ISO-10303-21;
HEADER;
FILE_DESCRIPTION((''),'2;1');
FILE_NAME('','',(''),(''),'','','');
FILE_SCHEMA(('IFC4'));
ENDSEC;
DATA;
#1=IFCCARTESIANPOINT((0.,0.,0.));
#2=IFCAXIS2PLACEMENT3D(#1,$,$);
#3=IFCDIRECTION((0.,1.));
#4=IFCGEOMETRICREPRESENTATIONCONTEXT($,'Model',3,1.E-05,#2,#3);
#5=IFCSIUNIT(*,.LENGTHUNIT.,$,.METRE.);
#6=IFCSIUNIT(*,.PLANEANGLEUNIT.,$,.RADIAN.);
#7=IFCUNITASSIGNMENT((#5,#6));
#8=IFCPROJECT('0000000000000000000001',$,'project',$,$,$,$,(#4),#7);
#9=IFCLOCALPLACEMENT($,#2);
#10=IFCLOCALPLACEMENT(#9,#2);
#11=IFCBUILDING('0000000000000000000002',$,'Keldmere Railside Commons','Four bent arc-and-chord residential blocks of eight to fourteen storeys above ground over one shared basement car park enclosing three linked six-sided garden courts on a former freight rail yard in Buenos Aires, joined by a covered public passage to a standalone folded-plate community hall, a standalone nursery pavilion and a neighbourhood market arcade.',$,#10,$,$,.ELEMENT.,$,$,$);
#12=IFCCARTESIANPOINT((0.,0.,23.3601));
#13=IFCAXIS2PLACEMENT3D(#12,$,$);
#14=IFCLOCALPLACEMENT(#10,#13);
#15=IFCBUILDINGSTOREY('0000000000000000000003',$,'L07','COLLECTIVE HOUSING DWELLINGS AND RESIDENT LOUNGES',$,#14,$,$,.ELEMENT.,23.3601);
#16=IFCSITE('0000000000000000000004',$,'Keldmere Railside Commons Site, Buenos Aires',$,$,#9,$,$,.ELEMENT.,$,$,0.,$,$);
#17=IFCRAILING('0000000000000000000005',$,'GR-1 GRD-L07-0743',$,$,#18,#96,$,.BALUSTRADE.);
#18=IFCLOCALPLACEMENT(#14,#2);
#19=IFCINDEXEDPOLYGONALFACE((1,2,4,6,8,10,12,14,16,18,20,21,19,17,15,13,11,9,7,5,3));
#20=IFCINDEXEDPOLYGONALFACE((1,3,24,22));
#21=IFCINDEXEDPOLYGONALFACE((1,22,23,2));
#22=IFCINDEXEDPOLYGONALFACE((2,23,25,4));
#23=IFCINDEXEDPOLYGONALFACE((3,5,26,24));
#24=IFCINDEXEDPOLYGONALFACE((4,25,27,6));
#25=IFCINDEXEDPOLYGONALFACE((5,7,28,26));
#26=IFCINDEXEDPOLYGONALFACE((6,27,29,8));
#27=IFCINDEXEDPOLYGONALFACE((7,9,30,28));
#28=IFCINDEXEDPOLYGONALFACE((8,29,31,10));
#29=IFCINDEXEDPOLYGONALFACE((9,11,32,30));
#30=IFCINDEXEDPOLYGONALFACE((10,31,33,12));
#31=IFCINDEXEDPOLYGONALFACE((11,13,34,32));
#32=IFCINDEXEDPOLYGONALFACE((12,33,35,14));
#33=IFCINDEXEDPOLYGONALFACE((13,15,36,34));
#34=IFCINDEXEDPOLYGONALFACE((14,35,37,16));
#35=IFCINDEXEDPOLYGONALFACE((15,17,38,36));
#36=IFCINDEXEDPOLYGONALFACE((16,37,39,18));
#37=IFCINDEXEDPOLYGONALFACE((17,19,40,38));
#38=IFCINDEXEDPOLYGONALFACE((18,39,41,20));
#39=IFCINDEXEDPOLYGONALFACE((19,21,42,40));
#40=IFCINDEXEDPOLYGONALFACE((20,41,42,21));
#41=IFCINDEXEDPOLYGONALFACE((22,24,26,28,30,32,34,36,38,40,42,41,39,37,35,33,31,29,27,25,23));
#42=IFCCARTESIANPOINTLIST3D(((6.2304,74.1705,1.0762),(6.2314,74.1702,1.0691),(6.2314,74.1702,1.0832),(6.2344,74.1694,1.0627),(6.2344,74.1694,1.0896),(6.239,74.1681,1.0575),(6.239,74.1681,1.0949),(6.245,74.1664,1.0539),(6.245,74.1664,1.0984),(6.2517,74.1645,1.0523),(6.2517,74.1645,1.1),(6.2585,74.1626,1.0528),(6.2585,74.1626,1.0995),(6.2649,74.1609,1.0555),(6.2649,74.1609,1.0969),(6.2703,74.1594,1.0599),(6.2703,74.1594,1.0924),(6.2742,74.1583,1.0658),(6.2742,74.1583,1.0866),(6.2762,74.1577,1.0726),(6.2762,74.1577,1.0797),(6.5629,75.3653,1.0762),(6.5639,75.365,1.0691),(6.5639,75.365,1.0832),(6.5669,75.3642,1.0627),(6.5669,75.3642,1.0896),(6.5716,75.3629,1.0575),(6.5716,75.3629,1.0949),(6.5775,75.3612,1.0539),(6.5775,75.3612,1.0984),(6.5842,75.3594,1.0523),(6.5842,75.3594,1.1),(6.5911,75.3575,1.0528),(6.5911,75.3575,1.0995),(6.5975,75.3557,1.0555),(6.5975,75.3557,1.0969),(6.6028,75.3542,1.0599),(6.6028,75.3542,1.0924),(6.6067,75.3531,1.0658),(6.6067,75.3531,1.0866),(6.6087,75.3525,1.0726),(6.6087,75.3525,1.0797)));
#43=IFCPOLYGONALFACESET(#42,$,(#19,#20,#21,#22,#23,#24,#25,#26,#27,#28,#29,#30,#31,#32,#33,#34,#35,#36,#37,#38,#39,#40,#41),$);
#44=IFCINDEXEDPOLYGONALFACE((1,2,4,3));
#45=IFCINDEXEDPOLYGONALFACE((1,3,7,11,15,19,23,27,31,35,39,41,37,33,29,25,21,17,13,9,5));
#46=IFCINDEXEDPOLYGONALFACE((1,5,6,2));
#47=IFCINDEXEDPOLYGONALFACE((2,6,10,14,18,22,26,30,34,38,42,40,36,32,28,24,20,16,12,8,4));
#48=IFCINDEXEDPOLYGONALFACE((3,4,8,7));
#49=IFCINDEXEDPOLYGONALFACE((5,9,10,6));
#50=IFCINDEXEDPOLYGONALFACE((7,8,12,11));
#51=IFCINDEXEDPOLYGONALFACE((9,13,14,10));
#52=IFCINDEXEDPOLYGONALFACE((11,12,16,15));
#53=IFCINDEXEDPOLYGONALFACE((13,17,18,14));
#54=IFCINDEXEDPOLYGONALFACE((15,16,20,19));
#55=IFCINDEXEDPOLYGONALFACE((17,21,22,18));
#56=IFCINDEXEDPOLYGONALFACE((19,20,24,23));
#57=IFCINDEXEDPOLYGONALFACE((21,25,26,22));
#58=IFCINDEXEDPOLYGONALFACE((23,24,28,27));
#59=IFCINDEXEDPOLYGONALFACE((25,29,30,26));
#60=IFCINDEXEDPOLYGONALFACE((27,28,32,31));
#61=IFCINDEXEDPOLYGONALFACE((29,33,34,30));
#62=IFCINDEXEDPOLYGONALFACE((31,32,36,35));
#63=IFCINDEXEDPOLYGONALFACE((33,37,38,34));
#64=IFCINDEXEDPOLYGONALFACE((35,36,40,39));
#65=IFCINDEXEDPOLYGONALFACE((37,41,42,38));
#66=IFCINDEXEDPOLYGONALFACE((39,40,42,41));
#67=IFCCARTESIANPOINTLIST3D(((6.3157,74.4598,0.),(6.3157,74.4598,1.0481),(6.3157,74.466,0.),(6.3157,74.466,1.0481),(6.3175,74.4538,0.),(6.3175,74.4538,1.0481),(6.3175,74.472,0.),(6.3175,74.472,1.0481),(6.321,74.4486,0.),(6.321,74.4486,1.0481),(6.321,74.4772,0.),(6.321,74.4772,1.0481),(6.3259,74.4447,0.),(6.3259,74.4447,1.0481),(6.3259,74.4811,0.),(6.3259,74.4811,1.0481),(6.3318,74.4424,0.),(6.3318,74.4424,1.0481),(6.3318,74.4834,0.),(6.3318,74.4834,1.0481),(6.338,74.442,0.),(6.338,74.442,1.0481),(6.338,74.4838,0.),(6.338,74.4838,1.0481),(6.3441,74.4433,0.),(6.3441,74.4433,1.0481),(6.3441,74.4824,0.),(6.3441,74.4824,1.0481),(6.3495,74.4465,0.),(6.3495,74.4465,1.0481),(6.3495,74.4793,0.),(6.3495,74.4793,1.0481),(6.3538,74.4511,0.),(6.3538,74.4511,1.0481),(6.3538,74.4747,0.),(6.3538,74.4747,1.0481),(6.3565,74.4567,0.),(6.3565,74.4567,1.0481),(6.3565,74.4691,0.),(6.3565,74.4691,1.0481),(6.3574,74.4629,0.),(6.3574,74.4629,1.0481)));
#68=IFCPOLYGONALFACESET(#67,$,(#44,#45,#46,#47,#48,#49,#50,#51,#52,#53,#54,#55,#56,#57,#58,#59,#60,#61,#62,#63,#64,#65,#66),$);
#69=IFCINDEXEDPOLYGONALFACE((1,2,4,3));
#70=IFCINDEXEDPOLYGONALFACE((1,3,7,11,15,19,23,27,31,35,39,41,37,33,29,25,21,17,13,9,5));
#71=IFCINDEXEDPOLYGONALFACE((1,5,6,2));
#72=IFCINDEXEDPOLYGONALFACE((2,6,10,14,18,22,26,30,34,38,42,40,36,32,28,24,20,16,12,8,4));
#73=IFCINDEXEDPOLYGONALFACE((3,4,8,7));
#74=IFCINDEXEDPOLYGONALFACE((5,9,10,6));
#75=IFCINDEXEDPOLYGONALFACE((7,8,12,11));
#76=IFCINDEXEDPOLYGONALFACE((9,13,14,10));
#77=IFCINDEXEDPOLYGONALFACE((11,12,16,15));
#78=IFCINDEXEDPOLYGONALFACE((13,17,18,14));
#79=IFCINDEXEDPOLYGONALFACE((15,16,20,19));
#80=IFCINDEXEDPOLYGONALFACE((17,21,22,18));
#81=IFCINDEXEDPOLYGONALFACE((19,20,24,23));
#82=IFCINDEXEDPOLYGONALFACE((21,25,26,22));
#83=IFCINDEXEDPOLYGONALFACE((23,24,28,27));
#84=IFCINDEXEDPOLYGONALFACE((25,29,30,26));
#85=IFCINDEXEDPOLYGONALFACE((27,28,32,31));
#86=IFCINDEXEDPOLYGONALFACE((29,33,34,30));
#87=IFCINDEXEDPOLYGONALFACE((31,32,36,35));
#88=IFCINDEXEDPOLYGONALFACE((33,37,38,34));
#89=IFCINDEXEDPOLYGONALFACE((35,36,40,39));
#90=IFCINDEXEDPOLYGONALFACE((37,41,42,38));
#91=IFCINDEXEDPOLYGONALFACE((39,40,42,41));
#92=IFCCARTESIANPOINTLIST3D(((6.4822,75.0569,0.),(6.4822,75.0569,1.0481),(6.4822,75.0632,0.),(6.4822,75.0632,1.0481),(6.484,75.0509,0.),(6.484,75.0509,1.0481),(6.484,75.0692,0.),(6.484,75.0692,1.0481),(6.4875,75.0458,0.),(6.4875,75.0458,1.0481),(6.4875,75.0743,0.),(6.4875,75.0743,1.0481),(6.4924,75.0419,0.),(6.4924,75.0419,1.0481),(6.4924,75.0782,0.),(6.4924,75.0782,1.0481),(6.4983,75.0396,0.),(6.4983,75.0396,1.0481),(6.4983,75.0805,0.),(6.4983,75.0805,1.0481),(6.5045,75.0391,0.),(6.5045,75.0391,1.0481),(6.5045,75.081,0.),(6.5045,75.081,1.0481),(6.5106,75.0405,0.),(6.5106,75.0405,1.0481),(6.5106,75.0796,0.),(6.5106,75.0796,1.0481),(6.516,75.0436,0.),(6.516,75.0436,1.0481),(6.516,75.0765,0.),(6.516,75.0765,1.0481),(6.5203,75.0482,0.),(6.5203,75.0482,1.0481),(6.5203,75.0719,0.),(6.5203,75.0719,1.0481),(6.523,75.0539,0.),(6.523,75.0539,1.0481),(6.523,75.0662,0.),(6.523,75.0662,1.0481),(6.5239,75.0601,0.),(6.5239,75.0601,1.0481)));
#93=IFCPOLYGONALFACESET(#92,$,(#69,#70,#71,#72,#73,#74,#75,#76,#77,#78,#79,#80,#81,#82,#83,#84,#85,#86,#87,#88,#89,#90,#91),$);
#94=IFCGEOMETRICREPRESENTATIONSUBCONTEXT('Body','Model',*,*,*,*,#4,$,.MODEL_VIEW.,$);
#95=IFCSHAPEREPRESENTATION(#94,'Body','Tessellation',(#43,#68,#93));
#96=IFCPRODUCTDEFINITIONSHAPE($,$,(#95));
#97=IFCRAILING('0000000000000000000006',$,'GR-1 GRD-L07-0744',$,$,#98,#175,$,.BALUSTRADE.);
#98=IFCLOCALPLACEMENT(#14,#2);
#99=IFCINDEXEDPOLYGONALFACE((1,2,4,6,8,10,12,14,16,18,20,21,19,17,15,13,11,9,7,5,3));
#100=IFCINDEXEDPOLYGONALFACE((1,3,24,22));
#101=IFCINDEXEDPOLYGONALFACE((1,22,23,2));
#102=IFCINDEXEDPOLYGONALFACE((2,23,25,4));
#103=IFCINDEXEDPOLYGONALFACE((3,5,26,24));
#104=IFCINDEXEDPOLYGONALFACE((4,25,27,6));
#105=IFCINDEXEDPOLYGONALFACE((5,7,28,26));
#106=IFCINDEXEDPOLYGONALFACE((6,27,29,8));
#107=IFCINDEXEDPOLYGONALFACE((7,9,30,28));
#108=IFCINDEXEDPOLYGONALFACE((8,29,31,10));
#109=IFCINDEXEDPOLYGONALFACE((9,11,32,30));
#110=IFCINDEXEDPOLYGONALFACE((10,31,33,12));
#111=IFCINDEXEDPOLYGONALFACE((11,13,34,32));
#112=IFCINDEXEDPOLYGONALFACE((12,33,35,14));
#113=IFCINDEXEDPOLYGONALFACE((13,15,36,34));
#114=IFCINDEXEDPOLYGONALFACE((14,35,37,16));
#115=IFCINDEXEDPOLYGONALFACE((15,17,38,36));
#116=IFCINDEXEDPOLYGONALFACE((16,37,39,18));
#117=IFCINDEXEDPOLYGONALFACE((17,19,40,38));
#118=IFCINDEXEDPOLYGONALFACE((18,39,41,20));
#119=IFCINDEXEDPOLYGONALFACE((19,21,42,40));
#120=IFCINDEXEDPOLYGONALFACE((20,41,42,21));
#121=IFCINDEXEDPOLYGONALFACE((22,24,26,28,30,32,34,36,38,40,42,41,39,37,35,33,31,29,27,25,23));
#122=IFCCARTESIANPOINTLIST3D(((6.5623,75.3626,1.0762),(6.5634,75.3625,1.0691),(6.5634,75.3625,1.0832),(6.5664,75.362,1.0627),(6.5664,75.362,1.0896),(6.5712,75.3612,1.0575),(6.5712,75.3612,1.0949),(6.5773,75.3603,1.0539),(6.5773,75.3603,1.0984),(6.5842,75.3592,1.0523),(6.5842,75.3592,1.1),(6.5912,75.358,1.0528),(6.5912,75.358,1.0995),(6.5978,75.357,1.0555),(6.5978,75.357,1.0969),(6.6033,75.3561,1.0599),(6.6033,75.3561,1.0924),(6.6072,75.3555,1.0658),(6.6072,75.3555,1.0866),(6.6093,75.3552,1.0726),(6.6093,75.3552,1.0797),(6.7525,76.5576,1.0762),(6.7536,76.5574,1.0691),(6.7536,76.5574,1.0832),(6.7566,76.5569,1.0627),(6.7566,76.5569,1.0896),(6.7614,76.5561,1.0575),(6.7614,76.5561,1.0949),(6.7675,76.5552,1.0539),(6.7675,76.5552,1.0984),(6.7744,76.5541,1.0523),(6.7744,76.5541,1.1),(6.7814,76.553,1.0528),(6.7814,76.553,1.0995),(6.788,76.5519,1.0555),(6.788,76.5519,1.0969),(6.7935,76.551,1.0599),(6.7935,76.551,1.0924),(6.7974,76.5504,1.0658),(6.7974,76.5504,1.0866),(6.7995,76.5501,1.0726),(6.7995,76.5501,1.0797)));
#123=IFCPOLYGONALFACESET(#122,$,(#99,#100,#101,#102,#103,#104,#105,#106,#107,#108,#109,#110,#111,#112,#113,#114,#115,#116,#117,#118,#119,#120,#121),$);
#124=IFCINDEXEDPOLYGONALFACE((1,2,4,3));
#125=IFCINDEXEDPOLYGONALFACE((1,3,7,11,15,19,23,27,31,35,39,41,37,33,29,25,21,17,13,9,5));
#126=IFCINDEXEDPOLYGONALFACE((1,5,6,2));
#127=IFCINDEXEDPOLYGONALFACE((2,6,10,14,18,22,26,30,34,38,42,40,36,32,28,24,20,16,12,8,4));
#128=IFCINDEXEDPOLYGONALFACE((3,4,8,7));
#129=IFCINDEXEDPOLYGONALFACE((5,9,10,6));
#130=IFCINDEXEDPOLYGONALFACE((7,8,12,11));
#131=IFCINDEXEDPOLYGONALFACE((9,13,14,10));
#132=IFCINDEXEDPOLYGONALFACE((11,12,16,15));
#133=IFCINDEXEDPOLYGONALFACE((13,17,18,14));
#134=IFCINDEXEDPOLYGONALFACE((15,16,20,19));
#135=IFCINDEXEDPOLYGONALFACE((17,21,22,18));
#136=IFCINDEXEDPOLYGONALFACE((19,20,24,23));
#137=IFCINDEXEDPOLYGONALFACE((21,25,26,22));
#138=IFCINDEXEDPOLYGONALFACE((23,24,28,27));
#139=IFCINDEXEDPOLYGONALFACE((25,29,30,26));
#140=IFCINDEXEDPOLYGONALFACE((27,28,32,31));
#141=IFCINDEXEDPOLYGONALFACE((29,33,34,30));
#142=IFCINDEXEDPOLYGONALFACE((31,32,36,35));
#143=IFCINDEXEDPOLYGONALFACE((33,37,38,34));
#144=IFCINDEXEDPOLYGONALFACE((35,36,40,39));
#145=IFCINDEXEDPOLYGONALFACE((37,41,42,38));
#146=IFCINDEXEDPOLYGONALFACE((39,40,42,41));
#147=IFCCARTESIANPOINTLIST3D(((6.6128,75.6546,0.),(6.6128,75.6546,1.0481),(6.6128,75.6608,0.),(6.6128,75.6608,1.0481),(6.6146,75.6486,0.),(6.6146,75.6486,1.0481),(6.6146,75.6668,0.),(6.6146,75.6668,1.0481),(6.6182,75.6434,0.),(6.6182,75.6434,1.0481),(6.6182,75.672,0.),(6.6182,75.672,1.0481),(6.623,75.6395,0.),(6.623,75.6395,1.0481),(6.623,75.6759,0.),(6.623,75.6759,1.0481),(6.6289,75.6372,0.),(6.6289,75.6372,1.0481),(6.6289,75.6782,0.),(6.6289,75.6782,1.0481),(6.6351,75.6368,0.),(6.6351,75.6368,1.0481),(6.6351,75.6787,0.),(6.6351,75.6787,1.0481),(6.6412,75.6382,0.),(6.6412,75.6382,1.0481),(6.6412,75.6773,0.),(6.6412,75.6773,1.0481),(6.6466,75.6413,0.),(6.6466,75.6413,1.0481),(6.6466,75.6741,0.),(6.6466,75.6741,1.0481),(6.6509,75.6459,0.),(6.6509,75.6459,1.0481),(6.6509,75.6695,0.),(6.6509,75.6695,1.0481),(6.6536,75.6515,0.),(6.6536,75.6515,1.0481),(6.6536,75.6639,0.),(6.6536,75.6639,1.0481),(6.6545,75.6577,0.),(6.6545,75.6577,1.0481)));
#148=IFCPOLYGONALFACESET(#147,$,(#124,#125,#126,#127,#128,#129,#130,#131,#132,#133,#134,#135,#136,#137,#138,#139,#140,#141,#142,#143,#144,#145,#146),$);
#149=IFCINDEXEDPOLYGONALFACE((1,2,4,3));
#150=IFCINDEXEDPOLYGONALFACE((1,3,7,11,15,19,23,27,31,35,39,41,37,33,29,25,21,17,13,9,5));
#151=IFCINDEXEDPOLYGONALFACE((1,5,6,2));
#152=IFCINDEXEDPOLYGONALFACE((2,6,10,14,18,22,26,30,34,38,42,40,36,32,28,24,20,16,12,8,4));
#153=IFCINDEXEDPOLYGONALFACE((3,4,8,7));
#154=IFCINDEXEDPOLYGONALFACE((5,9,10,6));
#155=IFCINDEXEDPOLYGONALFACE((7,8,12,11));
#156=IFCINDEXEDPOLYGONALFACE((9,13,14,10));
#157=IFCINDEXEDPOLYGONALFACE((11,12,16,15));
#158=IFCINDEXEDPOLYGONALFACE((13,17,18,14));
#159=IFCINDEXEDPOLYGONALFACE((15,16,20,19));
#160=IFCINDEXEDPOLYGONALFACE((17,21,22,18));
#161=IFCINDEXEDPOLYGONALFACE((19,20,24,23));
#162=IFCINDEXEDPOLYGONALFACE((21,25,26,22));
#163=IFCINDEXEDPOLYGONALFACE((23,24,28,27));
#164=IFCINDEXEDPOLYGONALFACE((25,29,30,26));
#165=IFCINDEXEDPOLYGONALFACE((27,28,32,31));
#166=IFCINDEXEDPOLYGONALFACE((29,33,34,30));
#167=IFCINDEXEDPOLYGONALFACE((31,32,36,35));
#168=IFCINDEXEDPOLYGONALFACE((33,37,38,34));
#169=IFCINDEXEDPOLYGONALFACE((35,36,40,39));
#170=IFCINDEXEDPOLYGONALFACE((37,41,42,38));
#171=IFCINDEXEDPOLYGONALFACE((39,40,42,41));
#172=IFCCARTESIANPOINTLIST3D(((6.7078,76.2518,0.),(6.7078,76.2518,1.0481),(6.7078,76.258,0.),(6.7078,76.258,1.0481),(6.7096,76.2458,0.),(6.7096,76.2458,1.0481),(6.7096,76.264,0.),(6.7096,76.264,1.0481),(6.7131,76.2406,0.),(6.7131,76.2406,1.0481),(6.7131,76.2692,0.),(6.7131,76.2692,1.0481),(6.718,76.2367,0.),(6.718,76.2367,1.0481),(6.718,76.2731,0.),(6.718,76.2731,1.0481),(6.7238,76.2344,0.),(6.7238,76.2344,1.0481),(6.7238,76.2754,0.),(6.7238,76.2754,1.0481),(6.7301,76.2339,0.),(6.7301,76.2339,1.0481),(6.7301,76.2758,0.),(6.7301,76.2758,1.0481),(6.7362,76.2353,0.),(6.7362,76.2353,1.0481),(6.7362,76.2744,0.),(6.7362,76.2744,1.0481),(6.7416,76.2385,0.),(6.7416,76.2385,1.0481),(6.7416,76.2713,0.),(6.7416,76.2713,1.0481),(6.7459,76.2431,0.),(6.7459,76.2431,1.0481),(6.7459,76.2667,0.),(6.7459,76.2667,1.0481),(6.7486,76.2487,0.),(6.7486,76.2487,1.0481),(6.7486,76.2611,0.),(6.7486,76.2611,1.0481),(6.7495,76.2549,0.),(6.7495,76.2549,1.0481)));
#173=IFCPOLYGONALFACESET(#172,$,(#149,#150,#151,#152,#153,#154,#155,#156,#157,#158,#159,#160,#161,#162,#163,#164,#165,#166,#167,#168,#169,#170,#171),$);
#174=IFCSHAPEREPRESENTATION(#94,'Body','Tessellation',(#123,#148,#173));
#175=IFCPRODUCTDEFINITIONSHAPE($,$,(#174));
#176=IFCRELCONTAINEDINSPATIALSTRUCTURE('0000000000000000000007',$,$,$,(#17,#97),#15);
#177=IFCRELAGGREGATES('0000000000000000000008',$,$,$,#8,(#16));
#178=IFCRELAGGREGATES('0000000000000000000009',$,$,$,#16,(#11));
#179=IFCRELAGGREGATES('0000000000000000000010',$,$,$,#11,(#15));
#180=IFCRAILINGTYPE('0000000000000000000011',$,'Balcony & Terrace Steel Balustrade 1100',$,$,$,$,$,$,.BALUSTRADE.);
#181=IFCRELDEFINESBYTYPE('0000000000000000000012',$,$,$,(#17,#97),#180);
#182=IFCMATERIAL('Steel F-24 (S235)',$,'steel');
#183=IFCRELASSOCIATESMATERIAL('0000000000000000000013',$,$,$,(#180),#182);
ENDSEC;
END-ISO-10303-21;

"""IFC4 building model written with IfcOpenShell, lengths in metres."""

from ifc_helpers import new_model, si_unit, direction, frame, origin, origin_2d, place, context, subcontext, project, spatial, circle, extrude, material, type_object, element, save


model = new_model("IFC4")

# Units and contexts
model_context = context("Model", 3, precision=1e-05, world=origin(), true_north=direction((0.0, 1.0)))
body_context = subcontext(model_context, "Body", "Model", "MODEL_VIEW")
ifc_project = project(units=[si_unit("LENGTHUNIT", "METRE"), si_unit("PLANEANGLEUNIT", "RADIAN")], contexts=[model_context])

# Site, building, storey
site_placement = place(None, origin())
site = spatial("IfcSite", under=ifc_project, at=site_placement, Name="Keldmere Railside Commons Site, Buenos Aires", CompositionType="ELEMENT", RefElevation=0.0)
building_placement = place(site_placement, origin())
building = spatial("IfcBuilding", under=site, at=building_placement, Name="Keldmere Railside Commons", Description="Four bent arc-and-chord residential blocks of eight to fourteen storeys above ground over one shared basement car park enclosing three linked six-sided garden courts on a former freight rail yard in Buenos Aires, joined by a covered public passage to a standalone folded-plate community hall, a standalone nursery pavilion and a neighbourhood market arcade.", CompositionType="ELEMENT")
storey_placement = place(building_placement, frame((0.0, 0.0, 23.3601)))
storey = spatial("IfcBuildingStorey", under=building, at=storey_placement, Name="L07", Description="COLLECTIVE HOUSING DWELLINGS AND RESIDENT LOUNGES", CompositionType="ELEMENT", Elevation=23.3601)

# Shared definitions
ifc_material_1 = material(Name="Steel F-24 (S235)", Category="steel")

# Railings
railing_type_1 = type_object("IfcRailingType", Name="Balcony & Terrace Steel Balustrade 1100", PredefinedType="BALUSTRADE", material=ifc_material_1)
railing_1_placement = place(storey_placement, frame((6.2534, 74.1641, 0.0)))
element("IfcRailing", 1, at=railing_1_placement, inside=storey, type_object=railing_type_1, Name="GR-1 GRD-L07-0743", PredefinedType="BALUSTRADE", context=body_context, shape_type="SweptSolid", body=[
    extrude(circle(Radius=0.0239, at=origin_2d()), frame((0.0, 0.0, 1.0762), z_axis=(0.268111, 0.963388, 0.0), x_axis=(-0.963388, 0.268111, 0.0)), (0.0, 0.0, 1.0), 1.2402),
    extrude(circle(Radius=0.021, at=origin_2d()), frame((0.083, 0.2988, 0.0)), (0.0, 0.0, 1.0), 1.0481),
    extrude(circle(Radius=0.021, at=origin_2d()), frame((0.2495, 0.896, 0.0)), (0.0, 0.0, 1.0), 1.0481),
])
railing_2_placement = place(storey_placement, frame((6.5859, 75.3589, 0.0)))
element("IfcRailing", 2, at=railing_2_placement, inside=storey, type_object=railing_type_1, Name="GR-1 GRD-L07-0744", PredefinedType="BALUSTRADE", context=body_context, shape_type="SweptSolid", body=[
    extrude(circle(Radius=0.0239, at=origin_2d()), frame((0.0, 0.0, 1.0762), z_axis=(0.157196, 0.987567, 0.0), x_axis=(-0.987567, 0.157196, 0.0)), (0.0, 0.0, 1.0), 1.21),
    extrude(circle(Radius=0.021, at=origin_2d()), frame((0.0476, 0.2988, 0.0)), (0.0, 0.0, 1.0), 1.0481),
    extrude(circle(Radius=0.021, at=origin_2d()), frame((0.1426, 0.896, 0.0)), (0.0, 0.0, 1.0), 1.0481),
])

save(model, "model.ifc")
